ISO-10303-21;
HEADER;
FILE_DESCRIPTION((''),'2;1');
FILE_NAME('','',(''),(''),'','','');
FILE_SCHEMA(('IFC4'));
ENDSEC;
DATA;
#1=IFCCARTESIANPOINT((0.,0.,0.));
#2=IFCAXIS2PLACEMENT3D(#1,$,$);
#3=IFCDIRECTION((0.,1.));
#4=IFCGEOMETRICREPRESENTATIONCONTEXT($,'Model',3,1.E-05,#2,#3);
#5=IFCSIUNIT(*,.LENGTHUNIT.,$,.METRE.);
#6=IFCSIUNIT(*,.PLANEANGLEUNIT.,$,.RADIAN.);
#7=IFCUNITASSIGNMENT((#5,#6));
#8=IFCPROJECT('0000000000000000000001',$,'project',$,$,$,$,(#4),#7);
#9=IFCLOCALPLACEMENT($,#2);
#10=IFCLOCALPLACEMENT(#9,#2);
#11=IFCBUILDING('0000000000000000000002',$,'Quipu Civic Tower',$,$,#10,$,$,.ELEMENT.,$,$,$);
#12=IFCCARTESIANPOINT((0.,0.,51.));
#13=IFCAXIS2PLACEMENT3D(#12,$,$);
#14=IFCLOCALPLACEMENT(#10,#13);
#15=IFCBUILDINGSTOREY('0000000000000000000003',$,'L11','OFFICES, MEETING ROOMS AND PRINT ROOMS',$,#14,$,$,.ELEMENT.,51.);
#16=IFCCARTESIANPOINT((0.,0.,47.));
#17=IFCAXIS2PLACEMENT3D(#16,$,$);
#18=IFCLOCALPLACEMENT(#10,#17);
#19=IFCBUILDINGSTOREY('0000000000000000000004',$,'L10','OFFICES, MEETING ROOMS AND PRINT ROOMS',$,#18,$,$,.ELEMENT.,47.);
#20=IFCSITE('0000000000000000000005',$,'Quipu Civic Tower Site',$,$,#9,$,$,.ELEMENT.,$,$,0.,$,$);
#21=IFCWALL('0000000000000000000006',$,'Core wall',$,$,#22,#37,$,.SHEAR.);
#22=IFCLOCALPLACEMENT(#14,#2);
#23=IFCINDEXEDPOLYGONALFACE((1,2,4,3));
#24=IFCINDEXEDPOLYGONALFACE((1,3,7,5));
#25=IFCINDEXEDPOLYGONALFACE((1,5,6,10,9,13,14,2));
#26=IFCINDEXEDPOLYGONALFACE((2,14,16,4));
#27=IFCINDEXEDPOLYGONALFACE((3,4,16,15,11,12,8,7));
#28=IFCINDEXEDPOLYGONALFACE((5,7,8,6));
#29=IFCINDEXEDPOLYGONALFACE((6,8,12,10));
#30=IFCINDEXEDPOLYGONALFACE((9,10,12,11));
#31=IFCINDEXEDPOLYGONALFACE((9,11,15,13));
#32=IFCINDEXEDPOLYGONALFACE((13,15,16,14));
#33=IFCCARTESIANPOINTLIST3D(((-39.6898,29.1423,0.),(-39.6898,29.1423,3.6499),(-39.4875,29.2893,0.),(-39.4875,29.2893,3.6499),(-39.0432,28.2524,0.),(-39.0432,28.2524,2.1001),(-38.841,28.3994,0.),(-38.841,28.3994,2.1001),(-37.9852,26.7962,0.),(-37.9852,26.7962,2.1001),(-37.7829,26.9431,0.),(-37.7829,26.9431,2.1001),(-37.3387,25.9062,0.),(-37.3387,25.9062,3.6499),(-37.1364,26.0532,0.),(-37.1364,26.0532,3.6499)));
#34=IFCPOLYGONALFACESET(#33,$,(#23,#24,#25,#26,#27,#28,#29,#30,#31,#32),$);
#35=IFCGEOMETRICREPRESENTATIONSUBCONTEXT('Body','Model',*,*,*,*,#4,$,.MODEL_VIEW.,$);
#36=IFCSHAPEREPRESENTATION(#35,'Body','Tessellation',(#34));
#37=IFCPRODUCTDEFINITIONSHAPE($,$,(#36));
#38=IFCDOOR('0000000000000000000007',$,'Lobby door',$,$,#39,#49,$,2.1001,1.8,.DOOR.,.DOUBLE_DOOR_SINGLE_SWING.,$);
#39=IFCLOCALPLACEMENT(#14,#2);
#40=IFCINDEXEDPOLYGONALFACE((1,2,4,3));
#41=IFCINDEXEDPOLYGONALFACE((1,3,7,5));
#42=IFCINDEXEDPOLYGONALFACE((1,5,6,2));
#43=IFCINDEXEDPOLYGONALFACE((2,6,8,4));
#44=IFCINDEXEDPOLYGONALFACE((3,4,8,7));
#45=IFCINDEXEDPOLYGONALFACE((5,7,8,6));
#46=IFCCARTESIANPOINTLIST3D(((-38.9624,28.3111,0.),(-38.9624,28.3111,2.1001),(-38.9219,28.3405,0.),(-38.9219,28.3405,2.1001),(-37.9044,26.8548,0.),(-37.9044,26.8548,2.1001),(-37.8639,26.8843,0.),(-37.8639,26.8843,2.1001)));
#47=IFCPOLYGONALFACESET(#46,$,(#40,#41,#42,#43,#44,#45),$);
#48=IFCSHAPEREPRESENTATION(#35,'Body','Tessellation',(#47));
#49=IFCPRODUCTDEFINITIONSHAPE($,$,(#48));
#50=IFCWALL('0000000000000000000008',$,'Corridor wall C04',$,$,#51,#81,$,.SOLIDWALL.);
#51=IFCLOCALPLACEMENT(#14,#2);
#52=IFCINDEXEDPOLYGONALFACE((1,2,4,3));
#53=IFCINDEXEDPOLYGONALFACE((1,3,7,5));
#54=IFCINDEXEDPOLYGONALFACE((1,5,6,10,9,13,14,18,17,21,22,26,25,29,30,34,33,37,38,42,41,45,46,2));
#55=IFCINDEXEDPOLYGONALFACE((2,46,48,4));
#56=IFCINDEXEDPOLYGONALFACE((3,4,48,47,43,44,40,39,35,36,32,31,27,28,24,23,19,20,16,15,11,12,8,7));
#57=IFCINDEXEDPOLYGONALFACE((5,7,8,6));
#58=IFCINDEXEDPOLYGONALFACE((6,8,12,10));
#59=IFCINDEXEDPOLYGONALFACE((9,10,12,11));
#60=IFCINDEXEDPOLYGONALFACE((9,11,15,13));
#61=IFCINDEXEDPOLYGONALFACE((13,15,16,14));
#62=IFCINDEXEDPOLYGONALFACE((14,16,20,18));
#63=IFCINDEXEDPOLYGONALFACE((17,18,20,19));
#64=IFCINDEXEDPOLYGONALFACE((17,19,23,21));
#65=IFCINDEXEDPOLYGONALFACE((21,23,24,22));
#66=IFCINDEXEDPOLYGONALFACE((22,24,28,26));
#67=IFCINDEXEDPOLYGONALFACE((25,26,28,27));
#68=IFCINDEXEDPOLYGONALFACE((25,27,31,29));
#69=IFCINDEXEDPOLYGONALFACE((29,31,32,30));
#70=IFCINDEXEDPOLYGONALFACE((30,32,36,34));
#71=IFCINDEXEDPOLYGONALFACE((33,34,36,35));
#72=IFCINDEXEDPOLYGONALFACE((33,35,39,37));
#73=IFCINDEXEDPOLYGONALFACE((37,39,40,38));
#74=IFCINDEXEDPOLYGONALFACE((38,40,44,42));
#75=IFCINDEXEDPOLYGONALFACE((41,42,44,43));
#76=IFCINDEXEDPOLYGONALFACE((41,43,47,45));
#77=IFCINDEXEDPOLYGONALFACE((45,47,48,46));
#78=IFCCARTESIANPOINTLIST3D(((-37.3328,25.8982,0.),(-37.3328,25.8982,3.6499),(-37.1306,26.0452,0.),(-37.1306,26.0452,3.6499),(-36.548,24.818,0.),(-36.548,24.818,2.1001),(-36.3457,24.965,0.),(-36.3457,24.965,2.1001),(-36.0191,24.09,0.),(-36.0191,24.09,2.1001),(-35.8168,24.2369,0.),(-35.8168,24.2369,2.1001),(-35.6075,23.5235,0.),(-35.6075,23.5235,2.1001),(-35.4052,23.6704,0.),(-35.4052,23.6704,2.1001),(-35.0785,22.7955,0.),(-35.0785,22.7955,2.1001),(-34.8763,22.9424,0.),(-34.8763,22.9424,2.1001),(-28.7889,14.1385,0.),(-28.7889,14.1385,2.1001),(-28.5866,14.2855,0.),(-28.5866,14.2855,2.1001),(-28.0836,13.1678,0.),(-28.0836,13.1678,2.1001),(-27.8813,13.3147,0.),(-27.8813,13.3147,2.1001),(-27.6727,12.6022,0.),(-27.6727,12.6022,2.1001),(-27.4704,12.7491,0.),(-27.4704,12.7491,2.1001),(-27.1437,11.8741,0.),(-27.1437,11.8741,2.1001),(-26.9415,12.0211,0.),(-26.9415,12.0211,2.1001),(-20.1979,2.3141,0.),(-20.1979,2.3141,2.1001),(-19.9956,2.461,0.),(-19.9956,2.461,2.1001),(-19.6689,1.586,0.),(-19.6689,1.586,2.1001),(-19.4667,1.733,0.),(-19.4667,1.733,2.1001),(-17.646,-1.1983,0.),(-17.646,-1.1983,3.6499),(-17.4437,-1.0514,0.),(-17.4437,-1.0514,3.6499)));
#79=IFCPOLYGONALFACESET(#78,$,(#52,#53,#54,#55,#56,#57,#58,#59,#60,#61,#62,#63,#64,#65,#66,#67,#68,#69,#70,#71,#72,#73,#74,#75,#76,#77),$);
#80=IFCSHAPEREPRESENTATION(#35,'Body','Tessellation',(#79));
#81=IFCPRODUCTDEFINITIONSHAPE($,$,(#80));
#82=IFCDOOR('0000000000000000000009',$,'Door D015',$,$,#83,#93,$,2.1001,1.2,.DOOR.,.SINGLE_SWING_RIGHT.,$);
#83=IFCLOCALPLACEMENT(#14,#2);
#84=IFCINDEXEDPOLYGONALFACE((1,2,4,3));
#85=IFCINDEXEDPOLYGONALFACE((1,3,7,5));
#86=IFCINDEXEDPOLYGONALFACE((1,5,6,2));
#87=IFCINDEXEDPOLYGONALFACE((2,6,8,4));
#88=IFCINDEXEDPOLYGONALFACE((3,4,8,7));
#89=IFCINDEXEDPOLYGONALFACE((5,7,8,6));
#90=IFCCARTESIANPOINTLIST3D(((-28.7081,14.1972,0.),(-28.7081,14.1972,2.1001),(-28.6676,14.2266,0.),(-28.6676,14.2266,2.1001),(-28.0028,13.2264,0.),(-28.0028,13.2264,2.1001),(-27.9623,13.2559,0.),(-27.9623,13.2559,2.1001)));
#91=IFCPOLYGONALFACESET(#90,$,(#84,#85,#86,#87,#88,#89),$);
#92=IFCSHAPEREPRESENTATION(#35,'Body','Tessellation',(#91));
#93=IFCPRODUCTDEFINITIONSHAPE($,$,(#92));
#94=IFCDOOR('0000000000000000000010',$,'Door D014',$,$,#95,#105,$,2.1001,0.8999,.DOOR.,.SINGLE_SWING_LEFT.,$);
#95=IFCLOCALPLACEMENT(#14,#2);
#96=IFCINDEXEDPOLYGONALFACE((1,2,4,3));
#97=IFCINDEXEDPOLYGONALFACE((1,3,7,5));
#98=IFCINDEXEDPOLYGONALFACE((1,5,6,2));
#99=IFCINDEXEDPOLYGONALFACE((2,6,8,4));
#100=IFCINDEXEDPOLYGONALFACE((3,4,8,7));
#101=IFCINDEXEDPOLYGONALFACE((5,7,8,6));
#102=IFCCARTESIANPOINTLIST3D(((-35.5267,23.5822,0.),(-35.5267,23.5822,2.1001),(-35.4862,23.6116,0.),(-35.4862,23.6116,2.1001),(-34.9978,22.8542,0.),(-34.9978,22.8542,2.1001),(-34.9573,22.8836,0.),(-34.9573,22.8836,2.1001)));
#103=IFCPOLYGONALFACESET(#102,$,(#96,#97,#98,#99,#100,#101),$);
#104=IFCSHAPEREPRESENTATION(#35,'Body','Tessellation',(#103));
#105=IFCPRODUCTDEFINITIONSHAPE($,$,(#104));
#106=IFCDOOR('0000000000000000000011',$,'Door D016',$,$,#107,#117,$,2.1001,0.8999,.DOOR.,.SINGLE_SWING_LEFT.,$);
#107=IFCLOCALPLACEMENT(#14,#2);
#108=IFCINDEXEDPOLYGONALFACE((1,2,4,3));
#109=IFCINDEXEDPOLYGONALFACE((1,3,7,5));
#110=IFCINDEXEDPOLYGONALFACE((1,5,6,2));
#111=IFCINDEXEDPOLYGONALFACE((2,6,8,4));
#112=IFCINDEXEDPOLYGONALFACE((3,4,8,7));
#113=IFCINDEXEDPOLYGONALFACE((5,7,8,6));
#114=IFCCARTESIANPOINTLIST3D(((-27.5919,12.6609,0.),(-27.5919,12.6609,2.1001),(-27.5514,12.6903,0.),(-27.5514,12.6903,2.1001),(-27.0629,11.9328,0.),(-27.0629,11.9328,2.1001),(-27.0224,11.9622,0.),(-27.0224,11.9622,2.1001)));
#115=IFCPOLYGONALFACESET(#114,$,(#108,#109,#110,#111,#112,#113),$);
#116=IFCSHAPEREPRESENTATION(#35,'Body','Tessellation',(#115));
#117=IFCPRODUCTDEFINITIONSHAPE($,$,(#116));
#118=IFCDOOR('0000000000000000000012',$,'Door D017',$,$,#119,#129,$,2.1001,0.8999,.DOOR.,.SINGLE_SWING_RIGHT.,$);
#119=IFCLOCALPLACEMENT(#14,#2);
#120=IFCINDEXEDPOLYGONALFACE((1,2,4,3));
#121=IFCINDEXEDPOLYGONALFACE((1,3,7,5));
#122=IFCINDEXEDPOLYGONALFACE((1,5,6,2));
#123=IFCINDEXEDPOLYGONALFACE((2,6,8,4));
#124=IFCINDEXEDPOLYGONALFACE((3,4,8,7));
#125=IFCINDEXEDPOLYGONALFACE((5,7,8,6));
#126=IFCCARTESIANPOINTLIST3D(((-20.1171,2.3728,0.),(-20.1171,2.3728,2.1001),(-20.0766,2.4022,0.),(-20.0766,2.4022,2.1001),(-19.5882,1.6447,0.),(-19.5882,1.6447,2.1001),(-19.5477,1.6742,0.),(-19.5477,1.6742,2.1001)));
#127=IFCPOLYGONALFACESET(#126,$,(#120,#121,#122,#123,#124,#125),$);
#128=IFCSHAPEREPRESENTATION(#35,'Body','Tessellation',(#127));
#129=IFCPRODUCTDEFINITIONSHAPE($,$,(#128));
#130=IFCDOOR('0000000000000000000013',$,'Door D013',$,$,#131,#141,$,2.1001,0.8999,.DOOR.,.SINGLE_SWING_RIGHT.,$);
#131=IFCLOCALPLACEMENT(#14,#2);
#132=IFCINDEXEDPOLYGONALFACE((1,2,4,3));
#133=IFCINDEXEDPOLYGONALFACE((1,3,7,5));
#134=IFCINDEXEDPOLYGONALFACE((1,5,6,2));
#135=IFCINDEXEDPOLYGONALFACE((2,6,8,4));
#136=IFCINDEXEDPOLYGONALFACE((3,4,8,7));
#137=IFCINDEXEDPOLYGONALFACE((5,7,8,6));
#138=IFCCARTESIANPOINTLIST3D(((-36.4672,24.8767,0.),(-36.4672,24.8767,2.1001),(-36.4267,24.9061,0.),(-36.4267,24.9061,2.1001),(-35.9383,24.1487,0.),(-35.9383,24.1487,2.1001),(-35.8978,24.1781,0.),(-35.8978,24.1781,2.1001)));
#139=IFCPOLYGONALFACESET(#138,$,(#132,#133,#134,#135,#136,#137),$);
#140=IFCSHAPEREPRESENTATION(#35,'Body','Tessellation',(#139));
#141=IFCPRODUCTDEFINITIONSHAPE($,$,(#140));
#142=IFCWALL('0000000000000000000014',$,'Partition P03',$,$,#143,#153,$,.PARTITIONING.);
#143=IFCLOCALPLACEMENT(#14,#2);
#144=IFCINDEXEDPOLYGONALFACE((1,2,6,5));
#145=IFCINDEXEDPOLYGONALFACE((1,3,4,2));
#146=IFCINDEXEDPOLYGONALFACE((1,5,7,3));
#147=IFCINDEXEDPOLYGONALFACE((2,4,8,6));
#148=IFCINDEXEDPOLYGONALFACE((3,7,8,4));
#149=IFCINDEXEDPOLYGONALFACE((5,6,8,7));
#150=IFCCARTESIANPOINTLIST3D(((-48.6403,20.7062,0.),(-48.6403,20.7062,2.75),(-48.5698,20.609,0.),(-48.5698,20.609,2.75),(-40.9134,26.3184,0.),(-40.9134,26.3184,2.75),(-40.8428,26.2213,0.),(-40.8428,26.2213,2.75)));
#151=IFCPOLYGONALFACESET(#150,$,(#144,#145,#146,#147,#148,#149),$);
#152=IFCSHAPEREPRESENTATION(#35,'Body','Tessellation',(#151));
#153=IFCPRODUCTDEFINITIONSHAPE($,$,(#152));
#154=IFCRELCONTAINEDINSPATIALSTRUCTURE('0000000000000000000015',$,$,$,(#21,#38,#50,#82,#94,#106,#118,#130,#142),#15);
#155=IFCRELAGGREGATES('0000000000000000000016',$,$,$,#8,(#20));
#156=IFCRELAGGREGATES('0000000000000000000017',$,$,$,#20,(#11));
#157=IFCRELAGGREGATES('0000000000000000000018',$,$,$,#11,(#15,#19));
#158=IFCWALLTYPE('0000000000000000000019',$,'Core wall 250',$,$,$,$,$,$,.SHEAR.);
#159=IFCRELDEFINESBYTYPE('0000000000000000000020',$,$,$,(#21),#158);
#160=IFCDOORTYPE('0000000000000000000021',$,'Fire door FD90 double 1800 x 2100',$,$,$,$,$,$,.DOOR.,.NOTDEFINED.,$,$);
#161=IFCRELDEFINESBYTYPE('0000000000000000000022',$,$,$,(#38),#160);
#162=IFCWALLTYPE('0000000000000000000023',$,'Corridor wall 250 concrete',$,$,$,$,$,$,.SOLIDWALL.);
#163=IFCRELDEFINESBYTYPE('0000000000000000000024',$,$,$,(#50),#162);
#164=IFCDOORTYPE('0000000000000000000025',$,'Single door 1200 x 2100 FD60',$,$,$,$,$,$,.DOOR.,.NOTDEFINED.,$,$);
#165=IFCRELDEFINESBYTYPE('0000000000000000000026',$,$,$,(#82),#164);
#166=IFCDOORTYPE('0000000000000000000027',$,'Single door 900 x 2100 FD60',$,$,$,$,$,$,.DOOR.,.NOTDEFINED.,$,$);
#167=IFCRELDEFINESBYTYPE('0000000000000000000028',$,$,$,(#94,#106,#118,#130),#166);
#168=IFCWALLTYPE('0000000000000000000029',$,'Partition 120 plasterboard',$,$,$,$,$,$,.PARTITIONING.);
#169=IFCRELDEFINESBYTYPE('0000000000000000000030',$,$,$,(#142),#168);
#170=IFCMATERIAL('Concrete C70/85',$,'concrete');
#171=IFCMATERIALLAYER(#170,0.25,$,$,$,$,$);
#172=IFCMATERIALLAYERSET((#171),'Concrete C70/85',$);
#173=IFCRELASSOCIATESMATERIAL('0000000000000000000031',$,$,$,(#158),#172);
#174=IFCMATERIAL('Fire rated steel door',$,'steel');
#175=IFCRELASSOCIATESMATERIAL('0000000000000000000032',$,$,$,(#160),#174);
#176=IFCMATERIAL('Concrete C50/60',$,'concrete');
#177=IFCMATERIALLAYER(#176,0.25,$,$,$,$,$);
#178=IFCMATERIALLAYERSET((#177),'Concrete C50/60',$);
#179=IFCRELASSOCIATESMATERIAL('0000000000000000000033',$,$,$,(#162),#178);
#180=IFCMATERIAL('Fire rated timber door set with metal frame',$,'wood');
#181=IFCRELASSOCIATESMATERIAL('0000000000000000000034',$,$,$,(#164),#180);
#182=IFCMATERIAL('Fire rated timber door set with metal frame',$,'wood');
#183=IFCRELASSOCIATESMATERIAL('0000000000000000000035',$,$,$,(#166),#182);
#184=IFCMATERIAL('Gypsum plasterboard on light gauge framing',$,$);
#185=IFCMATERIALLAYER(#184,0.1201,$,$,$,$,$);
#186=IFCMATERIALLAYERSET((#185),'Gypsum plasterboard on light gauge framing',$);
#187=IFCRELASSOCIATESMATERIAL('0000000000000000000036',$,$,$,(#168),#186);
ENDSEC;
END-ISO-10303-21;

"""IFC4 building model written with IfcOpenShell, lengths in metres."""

from ifc_helpers import new_model, si_unit, direction, frame, frame_2d, origin, place, context, subcontext, project, spatial, rectangle, extrude, material, layer, layer_set, type_object, element, fill, save


model = new_model("IFC4")

# Units and contexts
model_context = context("Model", 3, precision=1e-05, world=origin(), true_north=direction((0.0, 1.0)))
body_context = subcontext(model_context, "Body", "Model", "MODEL_VIEW")
ifc_project = project(units=[si_unit("LENGTHUNIT", "METRE"), si_unit("PLANEANGLEUNIT", "RADIAN")], contexts=[model_context])

# Site, building, storey
site_placement = place(None, origin())
site = spatial("IfcSite", under=ifc_project, at=site_placement, Name="Quipu Civic Tower Site", CompositionType="ELEMENT", RefElevation=0.0)
building_placement = place(site_placement, origin())
building = spatial("IfcBuilding", under=site, at=building_placement, Name="Quipu Civic Tower", CompositionType="ELEMENT")
storey_1_placement = place(building_placement, frame((0.0, 0.0, 51.0)))
storey_1 = spatial("IfcBuildingStorey", under=building, at=storey_1_placement, Name="L11", Description="OFFICES, MEETING ROOMS AND PRINT ROOMS", CompositionType="ELEMENT", Elevation=51.0)

# Shared definitions
storey_2_placement = place(building_placement, frame((0.0, 0.0, 47.0)))
storey_2 = spatial("IfcBuildingStorey", under=building, at=storey_2_placement, Name="L10", Description="OFFICES, MEETING ROOMS AND PRINT ROOMS", CompositionType="ELEMENT", Elevation=47.0)

# Shared definitions
ifc_material_1 = material(Name="Concrete C70/85", Category="concrete")
ifc_layer_1 = layer(ifc_material_1, 0.25)
ifc_layer_set_1 = layer_set([ifc_layer_1], Name="Concrete C70/85")
wall_type_1 = type_object("IfcWallType", Name="Core wall 250", PredefinedType="SHEAR", material=ifc_layer_set_1)

# Wall, opening, door
wall_1_placement = place(storey_1_placement, frame((-39.5886, 29.2158, 0.0), z_axis=(0.0, 0.0, 1.0), x_axis=(0.587772, -0.809026, 0.0)))
wall_1 = element("IfcWall", 1, at=wall_1_placement, inside=storey_1, type_object=wall_type_1, Name="Core wall", PredefinedType="SHEAR", context=body_context, shape_type="SweptSolid", body=[
    extrude(rectangle(XDim=4.0, YDim=0.25, at=frame_2d((2.0, 0.0))), origin(), (0.0, 0.0, 1.0), 3.6499),
])
opening_1_placement = place(wall_1_placement, frame((1.1001, 0.0, 0.0)))
opening_1 = element("IfcOpeningElement", 2, at=opening_1_placement, cuts=wall_1, PredefinedType="OPENING", context=body_context, shape_type="SweptSolid", body=[
    extrude(rectangle(XDim=1.8, YDim=2.1001, at=frame_2d((0.8999, 1.05))), frame((0.0, 0.135, 0.0), z_axis=(0.0, -1.0, 0.0), x_axis=(1.0, 0.0, 0.0)), (0.0, 0.0, 1.0), 0.27),
])
ifc_material_2 = material(Name="Fire rated steel door", Category="steel")
door_type_1 = type_object("IfcDoorType", Name="Fire door FD90 double 1800 x 2100", OperationType="NOTDEFINED", PredefinedType="DOOR", material=ifc_material_2)
door_1_placement = place(opening_1_placement, origin())
door_1 = element("IfcDoor", 3, at=door_1_placement, inside=storey_1, type_object=door_type_1, Name="Lobby door", OperationType="DOUBLE_DOOR_SINGLE_SWING", OverallHeight=2.1001, OverallWidth=1.8, PredefinedType="DOOR", context=body_context, shape_type="SweptSolid", body=[
    extrude(rectangle(XDim=1.8, YDim=2.1001, at=frame_2d((0.8999, 1.05))), frame((0.0, 0.0249, 0.0), z_axis=(0.0, -1.0, 0.0), x_axis=(1.0, 0.0, 0.0)), (0.0, 0.0, 1.0), 0.05),
])
fill(opening_1, door_1)

# Wall, openings, doors
ifc_material_3 = material(Name="Concrete C50/60", Category="concrete")
ifc_layer_2 = layer(ifc_material_3, 0.25)
ifc_layer_set_2 = layer_set([ifc_layer_2], Name="Concrete C50/60")
wall_type_2 = type_object("IfcWallType", Name="Corridor wall 250 concrete", PredefinedType="SOLIDWALL", material=ifc_layer_set_2)
wall_2_placement = place(storey_1_placement, frame((-37.2317, 25.9717, 0.0), z_axis=(0.0, 0.0, 1.0), x_axis=(0.587786, -0.809016, 0.0)))
wall_2 = element("IfcWall", 4, at=wall_2_placement, inside=storey_1, type_object=wall_type_2, Name="Corridor wall C04", PredefinedType="SOLIDWALL", context=body_context, shape_type="SweptSolid", body=[
    extrude(rectangle(XDim=33.4932, YDim=0.25, at=frame_2d((16.7466, 0.0))), origin(), (0.0, 0.0, 1.0), 3.6499),
])
opening_2_placement = place(wall_2_placement, frame((2.9353, 0.0, 0.0)))
opening_2 = element("IfcOpeningElement", 5, at=opening_2_placement, cuts=wall_2, PredefinedType="OPENING", context=body_context, shape_type="SweptSolid", body=[
    extrude(rectangle(XDim=0.8999, YDim=2.1001, at=frame_2d((0.45, 1.05))), frame((0.0, 0.135, 0.0), z_axis=(0.0, -1.0, 0.0), x_axis=(1.0, 0.0, 0.0)), (0.0, 0.0, 1.0), 0.27),
])
opening_3_placement = place(wall_2_placement, frame((16.4348, 0.0, 0.0)))
opening_3 = element("IfcOpeningElement", 6, at=opening_3_placement, cuts=wall_2, PredefinedType="OPENING", context=body_context, shape_type="SweptSolid", body=[
    extrude(rectangle(XDim=0.8999, YDim=2.1001, at=frame_2d((0.45, 1.05))), frame((0.0, 0.135, 0.0), z_axis=(0.0, -1.0, 0.0), x_axis=(1.0, 0.0, 0.0)), (0.0, 0.0, 1.0), 0.27),
])
opening_4_placement = place(wall_2_placement, frame((29.1516, 0.0, 0.0)))
opening_4 = element("IfcOpeningElement", 7, at=opening_4_placement, cuts=wall_2, PredefinedType="OPENING", context=body_context, shape_type="SweptSolid", body=[
    extrude(rectangle(XDim=0.8999, YDim=2.1001, at=frame_2d((0.45, 1.05))), frame((0.0, 0.135, 0.0), z_axis=(0.0, -1.0, 0.0), x_axis=(1.0, 0.0, 0.0)), (0.0, 0.0, 1.0), 0.27),
])
opening_5_placement = place(wall_2_placement, frame((14.5356, 0.0, 0.0)))
opening_5 = element("IfcOpeningElement", 8, at=opening_5_placement, cuts=wall_2, PredefinedType="OPENING", context=body_context, shape_type="SweptSolid", body=[
    extrude(rectangle(XDim=1.2, YDim=2.1001, at=frame_2d((0.6001, 1.05))), frame((0.0, 0.135, 0.0), z_axis=(0.0, -1.0, 0.0), x_axis=(1.0, 0.0, 0.0)), (0.0, 0.0, 1.0), 0.27),
])
opening_6_placement = place(wall_2_placement, frame((1.3352, 0.0, 0.0)))
opening_6 = element("IfcOpeningElement", 9, at=opening_6_placement, cuts=wall_2, PredefinedType="OPENING", context=body_context, shape_type="SweptSolid", body=[
    extrude(rectangle(XDim=0.8999, YDim=2.1001, at=frame_2d((0.45, 1.05))), frame((0.0, 0.135, 0.0), z_axis=(0.0, -1.0, 0.0), x_axis=(1.0, 0.0, 0.0)), (0.0, 0.0, 1.0), 0.27),
])
ifc_material_4 = material(Name="Fire rated timber door set with metal frame", Category="wood")
door_type_2 = type_object("IfcDoorType", Name="Single door 1200 x 2100 FD60", OperationType="NOTDEFINED", PredefinedType="DOOR", material=ifc_material_4)
door_2_placement = place(opening_5_placement, origin())
door_2 = element("IfcDoor", 10, at=door_2_placement, inside=storey_1, type_object=door_type_2, Name="Door D015", OperationType="SINGLE_SWING_RIGHT", OverallHeight=2.1001, OverallWidth=1.2, PredefinedType="DOOR", context=body_context, shape_type="SweptSolid", body=[
    extrude(rectangle(XDim=1.2, YDim=2.1001, at=frame_2d((0.6001, 1.05))), frame((0.0, 0.0249, 0.0), z_axis=(0.0, -1.0, 0.0), x_axis=(1.0, 0.0, 0.0)), (0.0, 0.0, 1.0), 0.05),
])
fill(opening_5, door_2)
ifc_material_5 = material(Name="Fire rated timber door set with metal frame", Category="wood")
door_type_3 = type_object("IfcDoorType", Name="Single door 900 x 2100 FD60", OperationType="NOTDEFINED", PredefinedType="DOOR", material=ifc_material_5)
door_3_placement = place(opening_2_placement, origin())
door_3 = element("IfcDoor", 11, at=door_3_placement, inside=storey_1, type_object=door_type_3, Name="Door D014", OperationType="SINGLE_SWING_LEFT", OverallHeight=2.1001, OverallWidth=0.8999, PredefinedType="DOOR", context=body_context, shape_type="SweptSolid", body=[
    extrude(rectangle(XDim=0.8999, YDim=2.1001, at=frame_2d((0.45, 1.05))), frame((0.0, 0.0249, 0.0), z_axis=(0.0, -1.0, 0.0), x_axis=(1.0, 0.0, 0.0)), (0.0, 0.0, 1.0), 0.05),
])
fill(opening_2, door_3)
door_4_placement = place(opening_3_placement, origin())
door_4 = element("IfcDoor", 12, at=door_4_placement, inside=storey_1, type_object=door_type_3, Name="Door D016", OperationType="SINGLE_SWING_LEFT", OverallHeight=2.1001, OverallWidth=0.8999, PredefinedType="DOOR", context=body_context, shape_type="SweptSolid", body=[
    extrude(rectangle(XDim=0.8999, YDim=2.1001, at=frame_2d((0.45, 1.05))), frame((0.0, 0.0249, 0.0), z_axis=(0.0, -1.0, 0.0), x_axis=(1.0, 0.0, 0.0)), (0.0, 0.0, 1.0), 0.05),
])
fill(opening_3, door_4)
door_5_placement = place(opening_4_placement, origin())
door_5 = element("IfcDoor", 13, at=door_5_placement, inside=storey_1, type_object=door_type_3, Name="Door D017", OperationType="SINGLE_SWING_RIGHT", OverallHeight=2.1001, OverallWidth=0.8999, PredefinedType="DOOR", context=body_context, shape_type="SweptSolid", body=[
    extrude(rectangle(XDim=0.8999, YDim=2.1001, at=frame_2d((0.45, 1.05))), frame((0.0, 0.0249, 0.0), z_axis=(0.0, -1.0, 0.0), x_axis=(1.0, 0.0, 0.0)), (0.0, 0.0, 1.0), 0.05),
])
fill(opening_4, door_5)
door_6_placement = place(opening_6_placement, origin())
door_6 = element("IfcDoor", 14, at=door_6_placement, inside=storey_1, type_object=door_type_3, Name="Door D013", OperationType="SINGLE_SWING_RIGHT", OverallHeight=2.1001, OverallWidth=0.8999, PredefinedType="DOOR", context=body_context, shape_type="SweptSolid", body=[
    extrude(rectangle(XDim=0.8999, YDim=2.1001, at=frame_2d((0.45, 1.05))), frame((0.0, 0.0249, 0.0), z_axis=(0.0, -1.0, 0.0), x_axis=(1.0, 0.0, 0.0)), (0.0, 0.0, 1.0), 0.05),
])
fill(opening_6, door_6)

# Wall
ifc_material_6 = material(Name="Gypsum plasterboard on light gauge framing")
ifc_layer_3 = layer(ifc_material_6, 0.1201)
ifc_layer_set_3 = layer_set([ifc_layer_3], Name="Gypsum plasterboard on light gauge framing")
wall_type_3 = type_object("IfcWallType", Name="Partition 120 plasterboard", PredefinedType="PARTITIONING", material=ifc_layer_set_3)
wall_3_placement = place(storey_1_placement, frame((-40.8782, 26.2698, 0.0), z_axis=(0.0, 0.0, 1.0), x_axis=(-0.809103, -0.587667, 0.0)))
element("IfcWall", 15, at=wall_3_placement, inside=storey_1, type_object=wall_type_3, Name="Partition P03", PredefinedType="PARTITIONING", context=body_context, shape_type="SweptSolid", body=[
    extrude(rectangle(XDim=9.55, YDim=0.1201, at=frame_2d((4.7749, 0.0))), origin(), (0.0, 0.0, 1.0), 2.75),
])

save(model, "model.ifc")
